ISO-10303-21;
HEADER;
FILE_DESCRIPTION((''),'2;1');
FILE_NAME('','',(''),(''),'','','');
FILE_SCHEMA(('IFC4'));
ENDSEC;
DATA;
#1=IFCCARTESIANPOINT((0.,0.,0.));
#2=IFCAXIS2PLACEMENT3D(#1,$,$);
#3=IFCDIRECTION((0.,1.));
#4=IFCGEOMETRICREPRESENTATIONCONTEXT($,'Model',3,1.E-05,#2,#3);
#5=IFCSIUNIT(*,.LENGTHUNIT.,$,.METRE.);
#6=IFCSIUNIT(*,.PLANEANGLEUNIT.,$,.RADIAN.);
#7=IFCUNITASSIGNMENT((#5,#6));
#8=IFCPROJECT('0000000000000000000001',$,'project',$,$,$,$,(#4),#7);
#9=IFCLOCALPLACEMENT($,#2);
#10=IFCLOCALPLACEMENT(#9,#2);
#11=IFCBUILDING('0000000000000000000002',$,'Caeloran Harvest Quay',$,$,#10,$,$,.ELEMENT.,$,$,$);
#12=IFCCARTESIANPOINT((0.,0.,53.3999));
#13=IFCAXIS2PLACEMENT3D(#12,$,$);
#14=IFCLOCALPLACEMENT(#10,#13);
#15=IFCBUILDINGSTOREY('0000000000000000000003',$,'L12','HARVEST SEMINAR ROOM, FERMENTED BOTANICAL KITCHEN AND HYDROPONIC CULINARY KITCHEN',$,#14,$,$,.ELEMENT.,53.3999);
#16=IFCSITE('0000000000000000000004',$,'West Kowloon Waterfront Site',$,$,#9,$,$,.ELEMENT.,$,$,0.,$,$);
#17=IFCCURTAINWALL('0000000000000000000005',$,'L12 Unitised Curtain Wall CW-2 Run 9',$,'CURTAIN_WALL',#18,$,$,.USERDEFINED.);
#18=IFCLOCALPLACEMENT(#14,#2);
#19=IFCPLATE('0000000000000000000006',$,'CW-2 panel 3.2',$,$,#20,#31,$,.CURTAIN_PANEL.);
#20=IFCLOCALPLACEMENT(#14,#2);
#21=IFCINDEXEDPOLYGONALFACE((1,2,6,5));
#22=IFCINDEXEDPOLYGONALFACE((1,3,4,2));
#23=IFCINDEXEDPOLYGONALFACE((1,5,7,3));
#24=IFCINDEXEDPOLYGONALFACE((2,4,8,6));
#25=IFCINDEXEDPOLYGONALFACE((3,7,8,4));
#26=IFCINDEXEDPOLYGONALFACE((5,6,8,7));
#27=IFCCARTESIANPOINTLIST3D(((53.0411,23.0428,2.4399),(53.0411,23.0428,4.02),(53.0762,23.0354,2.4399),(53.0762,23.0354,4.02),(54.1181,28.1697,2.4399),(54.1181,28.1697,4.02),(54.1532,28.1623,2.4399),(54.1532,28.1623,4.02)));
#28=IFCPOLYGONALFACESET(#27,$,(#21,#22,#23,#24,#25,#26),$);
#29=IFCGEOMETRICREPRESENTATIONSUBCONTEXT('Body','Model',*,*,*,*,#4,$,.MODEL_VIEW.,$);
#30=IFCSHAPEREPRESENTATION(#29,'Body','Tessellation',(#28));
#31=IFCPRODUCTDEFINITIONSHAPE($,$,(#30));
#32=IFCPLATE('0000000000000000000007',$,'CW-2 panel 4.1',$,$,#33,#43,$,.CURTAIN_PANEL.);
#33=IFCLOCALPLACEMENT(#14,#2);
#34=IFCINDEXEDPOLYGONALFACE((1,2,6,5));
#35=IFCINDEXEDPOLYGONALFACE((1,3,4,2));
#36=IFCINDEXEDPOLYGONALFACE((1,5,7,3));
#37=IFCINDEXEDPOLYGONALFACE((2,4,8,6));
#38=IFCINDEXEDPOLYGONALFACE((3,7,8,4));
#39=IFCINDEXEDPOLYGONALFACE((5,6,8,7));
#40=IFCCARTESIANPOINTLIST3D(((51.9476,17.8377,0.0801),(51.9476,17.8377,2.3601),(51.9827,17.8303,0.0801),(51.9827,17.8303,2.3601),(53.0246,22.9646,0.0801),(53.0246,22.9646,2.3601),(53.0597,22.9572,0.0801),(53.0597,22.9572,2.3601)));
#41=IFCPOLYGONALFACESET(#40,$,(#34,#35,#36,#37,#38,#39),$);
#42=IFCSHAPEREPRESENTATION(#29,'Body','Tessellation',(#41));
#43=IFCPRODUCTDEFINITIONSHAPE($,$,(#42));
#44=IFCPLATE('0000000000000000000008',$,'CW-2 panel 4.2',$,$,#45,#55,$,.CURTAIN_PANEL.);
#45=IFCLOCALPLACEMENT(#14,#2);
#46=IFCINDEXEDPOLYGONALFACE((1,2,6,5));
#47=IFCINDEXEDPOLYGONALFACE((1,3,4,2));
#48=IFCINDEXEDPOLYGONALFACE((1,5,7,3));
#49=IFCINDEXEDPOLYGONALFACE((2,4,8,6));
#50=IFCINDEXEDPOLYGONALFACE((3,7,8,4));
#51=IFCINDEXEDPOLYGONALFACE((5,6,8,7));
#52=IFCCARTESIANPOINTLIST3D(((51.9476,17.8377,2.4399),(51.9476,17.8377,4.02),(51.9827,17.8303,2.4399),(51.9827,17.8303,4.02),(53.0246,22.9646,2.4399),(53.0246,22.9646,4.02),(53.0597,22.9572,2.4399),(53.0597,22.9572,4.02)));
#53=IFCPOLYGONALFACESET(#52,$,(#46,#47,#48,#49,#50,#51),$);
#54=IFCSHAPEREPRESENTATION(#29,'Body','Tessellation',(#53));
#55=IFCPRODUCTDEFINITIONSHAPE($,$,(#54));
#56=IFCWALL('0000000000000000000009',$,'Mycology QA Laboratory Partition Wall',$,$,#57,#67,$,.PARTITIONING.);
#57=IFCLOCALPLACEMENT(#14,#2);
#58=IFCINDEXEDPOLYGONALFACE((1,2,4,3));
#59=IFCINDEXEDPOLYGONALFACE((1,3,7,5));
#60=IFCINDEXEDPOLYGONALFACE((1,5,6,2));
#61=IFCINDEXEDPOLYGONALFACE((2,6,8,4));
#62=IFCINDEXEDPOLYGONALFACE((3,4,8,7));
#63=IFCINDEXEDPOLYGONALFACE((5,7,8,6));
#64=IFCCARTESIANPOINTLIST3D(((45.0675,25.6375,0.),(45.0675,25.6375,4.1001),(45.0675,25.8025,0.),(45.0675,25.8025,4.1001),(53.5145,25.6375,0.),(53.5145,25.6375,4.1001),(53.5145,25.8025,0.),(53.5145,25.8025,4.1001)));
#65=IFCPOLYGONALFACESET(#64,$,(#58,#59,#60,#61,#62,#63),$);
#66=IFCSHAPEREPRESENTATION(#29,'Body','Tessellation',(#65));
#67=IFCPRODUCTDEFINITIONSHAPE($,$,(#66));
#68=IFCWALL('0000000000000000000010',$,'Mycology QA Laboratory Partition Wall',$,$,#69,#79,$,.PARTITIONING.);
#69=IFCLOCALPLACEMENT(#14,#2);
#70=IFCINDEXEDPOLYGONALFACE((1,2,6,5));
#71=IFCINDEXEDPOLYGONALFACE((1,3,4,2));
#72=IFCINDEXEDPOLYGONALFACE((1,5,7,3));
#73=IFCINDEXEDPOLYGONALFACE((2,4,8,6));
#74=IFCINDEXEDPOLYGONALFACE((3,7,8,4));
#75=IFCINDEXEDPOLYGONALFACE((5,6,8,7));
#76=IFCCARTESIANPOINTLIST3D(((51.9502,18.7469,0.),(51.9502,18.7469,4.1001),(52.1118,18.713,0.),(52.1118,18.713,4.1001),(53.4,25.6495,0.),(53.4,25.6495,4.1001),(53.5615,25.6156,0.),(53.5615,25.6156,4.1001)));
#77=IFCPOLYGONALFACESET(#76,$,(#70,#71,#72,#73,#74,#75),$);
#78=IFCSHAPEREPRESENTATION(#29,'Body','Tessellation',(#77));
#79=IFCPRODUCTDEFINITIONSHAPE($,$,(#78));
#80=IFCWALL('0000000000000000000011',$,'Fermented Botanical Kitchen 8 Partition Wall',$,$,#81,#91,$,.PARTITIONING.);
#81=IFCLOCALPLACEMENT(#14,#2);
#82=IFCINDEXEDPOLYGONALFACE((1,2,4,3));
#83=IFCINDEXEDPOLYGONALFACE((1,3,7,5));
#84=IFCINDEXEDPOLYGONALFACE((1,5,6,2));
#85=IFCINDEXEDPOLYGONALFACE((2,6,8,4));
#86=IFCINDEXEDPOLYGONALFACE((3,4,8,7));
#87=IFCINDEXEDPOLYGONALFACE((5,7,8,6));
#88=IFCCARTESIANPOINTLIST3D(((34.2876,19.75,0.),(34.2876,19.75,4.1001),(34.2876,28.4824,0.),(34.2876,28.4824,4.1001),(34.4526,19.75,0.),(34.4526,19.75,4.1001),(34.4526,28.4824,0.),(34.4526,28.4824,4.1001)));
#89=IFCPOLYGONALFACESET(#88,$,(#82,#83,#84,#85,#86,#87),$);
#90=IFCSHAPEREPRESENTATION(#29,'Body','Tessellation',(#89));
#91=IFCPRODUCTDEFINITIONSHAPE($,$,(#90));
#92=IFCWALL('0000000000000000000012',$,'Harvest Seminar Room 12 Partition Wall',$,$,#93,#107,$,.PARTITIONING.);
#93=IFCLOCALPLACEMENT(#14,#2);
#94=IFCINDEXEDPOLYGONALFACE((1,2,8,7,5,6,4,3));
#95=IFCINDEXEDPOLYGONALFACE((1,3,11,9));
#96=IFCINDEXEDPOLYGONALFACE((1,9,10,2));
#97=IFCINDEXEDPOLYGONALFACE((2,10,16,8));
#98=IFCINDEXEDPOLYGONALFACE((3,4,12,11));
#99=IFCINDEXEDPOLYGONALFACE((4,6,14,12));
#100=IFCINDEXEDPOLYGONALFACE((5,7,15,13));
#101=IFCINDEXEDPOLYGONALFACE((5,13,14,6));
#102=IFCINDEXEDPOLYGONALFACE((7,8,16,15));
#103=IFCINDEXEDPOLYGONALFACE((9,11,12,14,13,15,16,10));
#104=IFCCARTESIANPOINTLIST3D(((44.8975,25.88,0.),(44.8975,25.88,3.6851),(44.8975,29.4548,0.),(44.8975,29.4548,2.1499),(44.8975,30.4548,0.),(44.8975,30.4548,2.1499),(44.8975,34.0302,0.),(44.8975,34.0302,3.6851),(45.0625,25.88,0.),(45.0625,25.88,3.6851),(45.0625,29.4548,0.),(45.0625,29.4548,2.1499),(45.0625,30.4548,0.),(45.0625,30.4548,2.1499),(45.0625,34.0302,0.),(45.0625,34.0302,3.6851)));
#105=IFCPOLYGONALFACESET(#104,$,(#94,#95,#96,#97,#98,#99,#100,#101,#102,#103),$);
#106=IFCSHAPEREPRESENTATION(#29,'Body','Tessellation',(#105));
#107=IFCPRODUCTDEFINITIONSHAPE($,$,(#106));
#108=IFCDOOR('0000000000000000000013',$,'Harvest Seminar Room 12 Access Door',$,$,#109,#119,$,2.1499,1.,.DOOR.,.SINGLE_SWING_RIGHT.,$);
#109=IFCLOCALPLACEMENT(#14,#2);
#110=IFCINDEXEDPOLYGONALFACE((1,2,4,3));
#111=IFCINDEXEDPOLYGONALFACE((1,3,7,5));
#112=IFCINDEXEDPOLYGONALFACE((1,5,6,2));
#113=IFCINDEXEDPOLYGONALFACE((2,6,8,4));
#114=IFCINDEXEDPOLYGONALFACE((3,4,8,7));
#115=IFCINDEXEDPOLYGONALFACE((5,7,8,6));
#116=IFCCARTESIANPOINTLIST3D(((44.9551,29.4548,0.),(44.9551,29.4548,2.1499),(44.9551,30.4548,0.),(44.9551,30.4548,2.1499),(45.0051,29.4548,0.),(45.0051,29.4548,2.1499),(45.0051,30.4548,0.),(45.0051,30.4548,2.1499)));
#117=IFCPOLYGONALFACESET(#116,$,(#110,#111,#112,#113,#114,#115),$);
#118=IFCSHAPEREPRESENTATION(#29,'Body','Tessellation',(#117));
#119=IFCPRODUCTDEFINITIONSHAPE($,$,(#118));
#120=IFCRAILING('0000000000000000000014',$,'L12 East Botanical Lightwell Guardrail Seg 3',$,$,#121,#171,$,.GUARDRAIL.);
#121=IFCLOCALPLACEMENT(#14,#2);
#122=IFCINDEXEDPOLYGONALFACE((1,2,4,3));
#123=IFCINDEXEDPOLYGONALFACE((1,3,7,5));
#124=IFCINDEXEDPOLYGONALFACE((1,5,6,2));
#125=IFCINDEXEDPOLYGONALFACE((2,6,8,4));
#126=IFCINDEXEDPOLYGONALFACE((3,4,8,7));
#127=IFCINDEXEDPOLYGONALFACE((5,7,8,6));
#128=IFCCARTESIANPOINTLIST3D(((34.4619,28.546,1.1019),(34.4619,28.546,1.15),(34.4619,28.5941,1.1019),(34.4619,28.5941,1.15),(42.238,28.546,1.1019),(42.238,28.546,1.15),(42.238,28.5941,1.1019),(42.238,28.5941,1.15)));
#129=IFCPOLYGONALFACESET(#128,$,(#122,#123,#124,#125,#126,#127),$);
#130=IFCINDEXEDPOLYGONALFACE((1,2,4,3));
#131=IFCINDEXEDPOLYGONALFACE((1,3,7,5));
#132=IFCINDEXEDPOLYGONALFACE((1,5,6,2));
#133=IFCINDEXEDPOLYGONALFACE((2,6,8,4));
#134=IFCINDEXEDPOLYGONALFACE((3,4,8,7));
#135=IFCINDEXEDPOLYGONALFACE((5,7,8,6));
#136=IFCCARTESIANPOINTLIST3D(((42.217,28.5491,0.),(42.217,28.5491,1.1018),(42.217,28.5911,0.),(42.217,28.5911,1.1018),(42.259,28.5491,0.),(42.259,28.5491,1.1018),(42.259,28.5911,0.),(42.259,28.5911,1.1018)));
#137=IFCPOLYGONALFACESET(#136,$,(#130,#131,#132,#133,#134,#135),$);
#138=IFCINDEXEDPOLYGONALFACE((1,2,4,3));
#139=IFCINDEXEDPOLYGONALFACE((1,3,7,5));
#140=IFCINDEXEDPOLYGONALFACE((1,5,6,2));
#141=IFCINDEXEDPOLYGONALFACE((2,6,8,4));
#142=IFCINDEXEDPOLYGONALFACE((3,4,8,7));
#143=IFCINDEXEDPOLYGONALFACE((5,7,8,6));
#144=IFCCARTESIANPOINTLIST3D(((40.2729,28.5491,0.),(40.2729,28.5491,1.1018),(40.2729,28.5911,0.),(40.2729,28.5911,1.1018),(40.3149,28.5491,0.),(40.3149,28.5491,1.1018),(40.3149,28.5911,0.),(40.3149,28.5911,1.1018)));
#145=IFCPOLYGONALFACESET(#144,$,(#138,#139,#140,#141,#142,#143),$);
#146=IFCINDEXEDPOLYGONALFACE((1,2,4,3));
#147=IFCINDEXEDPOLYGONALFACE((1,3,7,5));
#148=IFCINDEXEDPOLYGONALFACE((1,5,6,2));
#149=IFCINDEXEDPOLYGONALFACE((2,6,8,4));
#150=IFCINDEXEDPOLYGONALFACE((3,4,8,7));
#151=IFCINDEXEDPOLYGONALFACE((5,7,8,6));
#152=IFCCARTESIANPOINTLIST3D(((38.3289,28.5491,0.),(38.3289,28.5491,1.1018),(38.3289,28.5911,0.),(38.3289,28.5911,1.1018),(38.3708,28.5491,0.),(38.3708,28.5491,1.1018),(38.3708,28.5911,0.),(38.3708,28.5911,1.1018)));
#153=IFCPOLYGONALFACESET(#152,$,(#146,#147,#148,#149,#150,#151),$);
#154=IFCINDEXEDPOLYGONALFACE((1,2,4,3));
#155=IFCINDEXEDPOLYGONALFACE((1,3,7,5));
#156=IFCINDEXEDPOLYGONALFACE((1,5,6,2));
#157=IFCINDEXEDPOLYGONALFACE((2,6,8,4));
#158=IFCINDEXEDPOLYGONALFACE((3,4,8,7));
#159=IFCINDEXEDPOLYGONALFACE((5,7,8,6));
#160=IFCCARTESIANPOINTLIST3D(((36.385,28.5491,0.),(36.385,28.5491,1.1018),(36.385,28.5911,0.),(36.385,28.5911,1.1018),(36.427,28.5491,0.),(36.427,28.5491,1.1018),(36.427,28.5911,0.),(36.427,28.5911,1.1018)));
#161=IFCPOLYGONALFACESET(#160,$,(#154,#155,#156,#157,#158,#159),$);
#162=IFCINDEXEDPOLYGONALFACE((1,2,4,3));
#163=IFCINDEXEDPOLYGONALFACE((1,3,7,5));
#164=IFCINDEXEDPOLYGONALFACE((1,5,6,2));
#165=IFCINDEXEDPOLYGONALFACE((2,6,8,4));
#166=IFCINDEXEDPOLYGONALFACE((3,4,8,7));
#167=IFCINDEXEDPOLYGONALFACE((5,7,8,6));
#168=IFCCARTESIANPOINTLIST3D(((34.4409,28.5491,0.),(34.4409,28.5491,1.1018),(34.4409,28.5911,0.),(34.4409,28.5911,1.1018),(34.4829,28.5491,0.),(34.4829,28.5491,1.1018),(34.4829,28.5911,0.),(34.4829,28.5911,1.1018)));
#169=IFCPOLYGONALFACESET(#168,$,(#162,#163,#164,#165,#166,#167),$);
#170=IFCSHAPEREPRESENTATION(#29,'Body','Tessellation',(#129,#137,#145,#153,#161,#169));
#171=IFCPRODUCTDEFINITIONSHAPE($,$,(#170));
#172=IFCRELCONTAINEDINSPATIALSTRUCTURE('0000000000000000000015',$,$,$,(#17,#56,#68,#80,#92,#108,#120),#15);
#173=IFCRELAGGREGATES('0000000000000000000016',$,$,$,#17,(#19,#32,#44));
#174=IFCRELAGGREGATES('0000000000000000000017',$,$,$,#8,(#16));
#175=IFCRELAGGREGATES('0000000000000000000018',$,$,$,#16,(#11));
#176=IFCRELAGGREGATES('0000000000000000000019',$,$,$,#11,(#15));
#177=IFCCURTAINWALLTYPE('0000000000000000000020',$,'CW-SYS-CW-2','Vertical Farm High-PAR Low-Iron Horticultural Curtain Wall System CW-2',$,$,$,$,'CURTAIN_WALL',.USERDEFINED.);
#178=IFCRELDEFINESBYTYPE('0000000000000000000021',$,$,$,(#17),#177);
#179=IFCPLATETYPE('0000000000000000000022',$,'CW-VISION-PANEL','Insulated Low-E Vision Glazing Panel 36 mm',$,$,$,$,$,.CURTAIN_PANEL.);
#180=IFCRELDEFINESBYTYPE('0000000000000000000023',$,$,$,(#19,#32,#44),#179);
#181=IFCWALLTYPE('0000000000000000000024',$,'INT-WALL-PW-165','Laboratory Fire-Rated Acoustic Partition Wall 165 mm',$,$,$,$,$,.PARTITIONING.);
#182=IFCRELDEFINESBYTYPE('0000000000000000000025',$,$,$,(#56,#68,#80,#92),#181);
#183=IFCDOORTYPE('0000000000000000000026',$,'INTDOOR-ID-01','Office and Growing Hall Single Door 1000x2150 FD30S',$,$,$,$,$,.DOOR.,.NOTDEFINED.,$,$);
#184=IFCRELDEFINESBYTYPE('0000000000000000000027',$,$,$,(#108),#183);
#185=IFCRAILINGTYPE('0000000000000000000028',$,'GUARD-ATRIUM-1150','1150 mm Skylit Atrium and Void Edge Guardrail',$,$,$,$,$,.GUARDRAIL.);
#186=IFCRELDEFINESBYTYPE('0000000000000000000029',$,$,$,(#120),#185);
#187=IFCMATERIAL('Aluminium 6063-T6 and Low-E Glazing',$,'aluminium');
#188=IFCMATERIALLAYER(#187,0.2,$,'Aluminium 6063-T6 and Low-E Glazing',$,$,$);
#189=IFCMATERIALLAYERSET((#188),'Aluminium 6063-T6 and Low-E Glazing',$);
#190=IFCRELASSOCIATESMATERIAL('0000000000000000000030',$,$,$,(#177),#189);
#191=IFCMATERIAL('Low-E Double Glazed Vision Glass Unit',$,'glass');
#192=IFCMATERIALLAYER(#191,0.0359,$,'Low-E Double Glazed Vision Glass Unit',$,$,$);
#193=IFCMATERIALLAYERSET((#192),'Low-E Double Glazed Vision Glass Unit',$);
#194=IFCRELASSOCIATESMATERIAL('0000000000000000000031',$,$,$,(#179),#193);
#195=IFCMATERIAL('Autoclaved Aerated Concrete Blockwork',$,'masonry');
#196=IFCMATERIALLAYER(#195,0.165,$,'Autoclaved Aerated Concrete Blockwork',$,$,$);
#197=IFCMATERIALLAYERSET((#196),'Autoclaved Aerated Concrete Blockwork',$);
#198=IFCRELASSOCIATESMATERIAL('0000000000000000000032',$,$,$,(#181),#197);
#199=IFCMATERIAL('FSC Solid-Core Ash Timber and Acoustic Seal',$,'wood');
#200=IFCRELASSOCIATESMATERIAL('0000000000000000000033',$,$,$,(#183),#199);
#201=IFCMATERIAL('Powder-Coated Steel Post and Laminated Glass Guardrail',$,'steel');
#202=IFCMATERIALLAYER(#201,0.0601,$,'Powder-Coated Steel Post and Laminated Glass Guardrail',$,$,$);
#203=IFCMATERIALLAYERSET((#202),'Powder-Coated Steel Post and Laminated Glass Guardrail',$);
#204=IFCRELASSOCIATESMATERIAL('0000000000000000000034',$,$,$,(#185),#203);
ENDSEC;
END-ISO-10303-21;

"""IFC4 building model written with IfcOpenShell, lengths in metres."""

from ifc_helpers import new_model, si_unit, direction, frame, frame_2d, origin, origin_2d, place, context, subcontext, project, spatial, rectangle, extrude, material, layer, layer_set, type_object, element, fill, aggregate, save


model = new_model("IFC4")

# Units and contexts
model_context = context("Model", 3, precision=1e-05, world=origin(), true_north=direction((0.0, 1.0)))
body_context = subcontext(model_context, "Body", "Model", "MODEL_VIEW")
ifc_project = project(units=[si_unit("LENGTHUNIT", "METRE"), si_unit("PLANEANGLEUNIT", "RADIAN")], contexts=[model_context])

# Site, building, storey
site_placement = place(None, origin())
site = spatial("IfcSite", under=ifc_project, at=site_placement, Name="West Kowloon Waterfront Site", CompositionType="ELEMENT", RefElevation=0.0)
building_placement = place(site_placement, origin())
building = spatial("IfcBuilding", under=site, at=building_placement, Name="Caeloran Harvest Quay", CompositionType="ELEMENT")
storey_placement = place(building_placement, frame((0.0, 0.0, 53.3999)))
storey = spatial("IfcBuildingStorey", under=building, at=storey_placement, Name="L12", Description="HARVEST SEMINAR ROOM, FERMENTED BOTANICAL KITCHEN AND HYDROPONIC CULINARY KITCHEN", CompositionType="ELEMENT", Elevation=53.3999)

# Curtain wall, plates
ifc_material_1 = material(Name="Aluminium 6063-T6 and Low-E Glazing", Category="aluminium")
ifc_layer_1 = layer(ifc_material_1, 0.2, Name="Aluminium 6063-T6 and Low-E Glazing")
ifc_layer_set_1 = layer_set([ifc_layer_1], Name="Aluminium 6063-T6 and Low-E Glazing")
curtain_wall_type = type_object("IfcCurtainWallType", Name="CW-SYS-CW-2", Description="Vertical Farm High-PAR Low-Iron Horticultural Curtain Wall System CW-2", ElementType="CURTAIN_WALL", PredefinedType="USERDEFINED", material=ifc_layer_set_1)
curtain_wall_placement = place(storey_placement, origin())
curtain_wall = element("IfcCurtainWall", 1, at=curtain_wall_placement, inside=storey, type_object=curtain_wall_type, Name="L12 Unitised Curtain Wall CW-2 Run 9", ObjectType="CURTAIN_WALL", PredefinedType="USERDEFINED")
ifc_material_2 = material(Name="Low-E Double Glazed Vision Glass Unit", Category="glass")
ifc_layer_2 = layer(ifc_material_2, 0.0359, Name="Low-E Double Glazed Vision Glass Unit")
ifc_layer_set_2 = layer_set([ifc_layer_2], Name="Low-E Double Glazed Vision Glass Unit")
plate_type = type_object("IfcPlateType", Name="CW-VISION-PANEL", Description="Insulated Low-E Vision Glazing Panel 36 mm", PredefinedType="CURTAIN_PANEL", material=ifc_layer_set_2)
plate_1_placement = place(storey_placement, frame((53.5972, 25.6025, 2.4399), z_axis=(0.0, 0.0, 1.0), x_axis=(-0.205583, -0.97864, 0.0)))
plate_1 = element("IfcPlate", 2, at=plate_1_placement, type_object=plate_type, Name="CW-2 panel 3.2", PredefinedType="CURTAIN_PANEL", context=body_context, shape_type="SweptSolid", body=[
    extrude(rectangle(XDim=5.2388, YDim=0.0359, at=origin_2d()), origin(), (0.0, 0.0, 1.0), 1.5801),
])
plate_2_placement = place(storey_placement, frame((52.5037, 20.3975, 0.0801), z_axis=(0.0, 0.0, 1.0), x_axis=(-0.205583, -0.97864, 0.0)))
plate_2 = element("IfcPlate", 3, at=plate_2_placement, type_object=plate_type, Name="CW-2 panel 4.1", PredefinedType="CURTAIN_PANEL", context=body_context, shape_type="SweptSolid", body=[
    extrude(rectangle(XDim=5.2388, YDim=0.0359, at=origin_2d()), origin(), (0.0, 0.0, 1.0), 2.28),
])
plate_3_placement = place(storey_placement, frame((52.5037, 20.3975, 2.4399), z_axis=(0.0, 0.0, 1.0), x_axis=(-0.205583, -0.97864, 0.0)))
plate_3 = element("IfcPlate", 4, at=plate_3_placement, type_object=plate_type, Name="CW-2 panel 4.2", PredefinedType="CURTAIN_PANEL", context=body_context, shape_type="SweptSolid", body=[
    extrude(rectangle(XDim=5.2388, YDim=0.0359, at=origin_2d()), origin(), (0.0, 0.0, 1.0), 1.5801),
])
aggregate(curtain_wall, [plate_1, plate_2, plate_3])

# Walls
ifc_material_3 = material(Name="Autoclaved Aerated Concrete Blockwork", Category="masonry")
ifc_layer_3 = layer(ifc_material_3, 0.165, Name="Autoclaved Aerated Concrete Blockwork")
ifc_layer_set_3 = layer_set([ifc_layer_3], Name="Autoclaved Aerated Concrete Blockwork")
wall_type = type_object("IfcWallType", Name="INT-WALL-PW-165", Description="Laboratory Fire-Rated Acoustic Partition Wall 165 mm", PredefinedType="PARTITIONING", material=ifc_layer_set_3)
wall_1_placement = place(storey_placement, frame((45.0674, 25.72, 0.0), z_axis=(0.0, 0.0, 1.0), x_axis=(1.0, 0.0, 0.0)))
element("IfcWall", 5, at=wall_1_placement, inside=storey, type_object=wall_type, Name="Mycology QA Laboratory Partition Wall", PredefinedType="PARTITIONING", context=body_context, shape_type="SweptSolid", body=[
    extrude(rectangle(XDim=8.447, YDim=0.165, at=frame_2d((4.2236, 0.0))), origin(), (0.0, 0.0, 1.0), 4.1001),
])
wall_2_placement = place(storey_placement, frame((53.4807, 25.6326, 0.0), z_axis=(0.0, 0.0, 1.0), x_axis=(-0.205539, -0.978649, 0.0)))
element("IfcWall", 6, at=wall_2_placement, inside=storey, type_object=wall_type, Name="Mycology QA Laboratory Partition Wall", PredefinedType="PARTITIONING", context=body_context, shape_type="SweptSolid", body=[
    extrude(rectangle(XDim=7.0532, YDim=0.165, at=frame_2d((3.5266, 0.0))), origin(), (0.0, 0.0, 1.0), 4.1001),
])
wall_3_placement = place(storey_placement, frame((34.3701, 28.4824, 0.0), z_axis=(0.0, 0.0, 1.0), x_axis=(0.0, -1.0, 0.0)))
element("IfcWall", 7, at=wall_3_placement, inside=storey, type_object=wall_type, Name="Fermented Botanical Kitchen 8 Partition Wall", PredefinedType="PARTITIONING", context=body_context, shape_type="SweptSolid", body=[
    extrude(rectangle(XDim=8.7324, YDim=0.165, at=frame_2d((4.3662, 0.0))), origin(), (0.0, 0.0, 1.0), 4.1001),
])

# Wall, opening, door
wall_4_placement = place(storey_placement, frame((44.98, 25.8799, 0.0), z_axis=(0.0, 0.0, 1.0), x_axis=(0.0, 1.0, 0.0)))
wall_4 = element("IfcWall", 8, at=wall_4_placement, inside=storey, type_object=wall_type, Name="Harvest Seminar Room 12 Partition Wall", PredefinedType="PARTITIONING", context=body_context, shape_type="SweptSolid", body=[
    extrude(rectangle(XDim=8.1501, YDim=0.165, at=frame_2d((4.0752, 0.0))), origin(), (0.0, 0.0, 1.0), 3.6851),
])
opening_placement = place(wall_4_placement, frame((3.575, 0.0, 0.0)))
opening = element("IfcOpeningElement", 9, at=opening_placement, cuts=wall_4, PredefinedType="OPENING", context=body_context, shape_type="SweptSolid", body=[
    extrude(rectangle(XDim=1.0, YDim=2.1499, at=frame_2d((0.5, 1.075))), frame((0.0, 0.0925, 0.0), z_axis=(0.0, -1.0, 0.0), x_axis=(1.0, 0.0, 0.0)), (0.0, 0.0, 1.0), 0.1851),
])
ifc_material_4 = material(Name="FSC Solid-Core Ash Timber and Acoustic Seal", Category="wood")
door_type = type_object("IfcDoorType", Name="INTDOOR-ID-01", Description="Office and Growing Hall Single Door 1000x2150 FD30S", OperationType="NOTDEFINED", PredefinedType="DOOR", material=ifc_material_4)
door_placement = place(opening_placement, origin())
door = element("IfcDoor", 10, at=door_placement, inside=storey, type_object=door_type, Name="Harvest Seminar Room 12 Access Door", OperationType="SINGLE_SWING_RIGHT", OverallHeight=2.1499, OverallWidth=1.0, PredefinedType="DOOR", context=body_context, shape_type="SweptSolid", body=[
    extrude(rectangle(XDim=1.0, YDim=2.1499, at=frame_2d((0.5, 1.075))), frame((0.0, 0.0249, 0.0), z_axis=(0.0, -1.0, 0.0), x_axis=(1.0, 0.0, 0.0)), (0.0, 0.0, 1.0), 0.05),
])
fill(opening, door)

# Railing
ifc_material_5 = material(Name="Powder-Coated Steel Post and Laminated Glass Guardrail", Category="steel")
ifc_layer_4 = layer(ifc_material_5, 0.0601, Name="Powder-Coated Steel Post and Laminated Glass Guardrail")
ifc_layer_set_4 = layer_set([ifc_layer_4], Name="Powder-Coated Steel Post and Laminated Glass Guardrail")
railing_type = type_object("IfcRailingType", Name="GUARD-ATRIUM-1150", Description="1150 mm Skylit Atrium and Void Edge Guardrail", PredefinedType="GUARDRAIL", material=ifc_layer_set_4)
railing_1_placement = place(storey_placement, frame((42.238, 28.5701, 0.0)))
element("IfcRailing", 11, at=railing_1_placement, inside=storey, type_object=railing_type, Name="L12 East Botanical Lightwell Guardrail Seg 3", PredefinedType="GUARDRAIL", context=body_context, shape_type="SweptSolid", body=[
    extrude(rectangle(XDim=0.0481, YDim=0.0481, at=origin_2d()), frame((0.0, 0.0, 1.126), z_axis=(-1.0, 0.0, 0.0), x_axis=(0.0, -1.0, 0.0)), (0.0, 0.0, 1.0), 7.7761),
    extrude(rectangle(XDim=0.042, YDim=0.042, at=origin_2d()), origin(), (0.0, 0.0, 1.0), 1.1018),
    extrude(rectangle(XDim=0.042, YDim=0.042, at=origin_2d()), frame((-1.9441, 0.0, 0.0)), (0.0, 0.0, 1.0), 1.1018),
    extrude(rectangle(XDim=0.042, YDim=0.042, at=origin_2d()), frame((-3.8882, 0.0, 0.0)), (0.0, 0.0, 1.0), 1.1018),
    extrude(rectangle(XDim=0.042, YDim=0.042, at=origin_2d()), frame((-5.832, 0.0, 0.0)), (0.0, 0.0, 1.0), 1.1018),
    extrude(rectangle(XDim=0.042, YDim=0.042, at=origin_2d()), frame((-7.7761, 0.0, 0.0)), (0.0, 0.0, 1.0), 1.1018),
])

save(model, "model.ifc")
